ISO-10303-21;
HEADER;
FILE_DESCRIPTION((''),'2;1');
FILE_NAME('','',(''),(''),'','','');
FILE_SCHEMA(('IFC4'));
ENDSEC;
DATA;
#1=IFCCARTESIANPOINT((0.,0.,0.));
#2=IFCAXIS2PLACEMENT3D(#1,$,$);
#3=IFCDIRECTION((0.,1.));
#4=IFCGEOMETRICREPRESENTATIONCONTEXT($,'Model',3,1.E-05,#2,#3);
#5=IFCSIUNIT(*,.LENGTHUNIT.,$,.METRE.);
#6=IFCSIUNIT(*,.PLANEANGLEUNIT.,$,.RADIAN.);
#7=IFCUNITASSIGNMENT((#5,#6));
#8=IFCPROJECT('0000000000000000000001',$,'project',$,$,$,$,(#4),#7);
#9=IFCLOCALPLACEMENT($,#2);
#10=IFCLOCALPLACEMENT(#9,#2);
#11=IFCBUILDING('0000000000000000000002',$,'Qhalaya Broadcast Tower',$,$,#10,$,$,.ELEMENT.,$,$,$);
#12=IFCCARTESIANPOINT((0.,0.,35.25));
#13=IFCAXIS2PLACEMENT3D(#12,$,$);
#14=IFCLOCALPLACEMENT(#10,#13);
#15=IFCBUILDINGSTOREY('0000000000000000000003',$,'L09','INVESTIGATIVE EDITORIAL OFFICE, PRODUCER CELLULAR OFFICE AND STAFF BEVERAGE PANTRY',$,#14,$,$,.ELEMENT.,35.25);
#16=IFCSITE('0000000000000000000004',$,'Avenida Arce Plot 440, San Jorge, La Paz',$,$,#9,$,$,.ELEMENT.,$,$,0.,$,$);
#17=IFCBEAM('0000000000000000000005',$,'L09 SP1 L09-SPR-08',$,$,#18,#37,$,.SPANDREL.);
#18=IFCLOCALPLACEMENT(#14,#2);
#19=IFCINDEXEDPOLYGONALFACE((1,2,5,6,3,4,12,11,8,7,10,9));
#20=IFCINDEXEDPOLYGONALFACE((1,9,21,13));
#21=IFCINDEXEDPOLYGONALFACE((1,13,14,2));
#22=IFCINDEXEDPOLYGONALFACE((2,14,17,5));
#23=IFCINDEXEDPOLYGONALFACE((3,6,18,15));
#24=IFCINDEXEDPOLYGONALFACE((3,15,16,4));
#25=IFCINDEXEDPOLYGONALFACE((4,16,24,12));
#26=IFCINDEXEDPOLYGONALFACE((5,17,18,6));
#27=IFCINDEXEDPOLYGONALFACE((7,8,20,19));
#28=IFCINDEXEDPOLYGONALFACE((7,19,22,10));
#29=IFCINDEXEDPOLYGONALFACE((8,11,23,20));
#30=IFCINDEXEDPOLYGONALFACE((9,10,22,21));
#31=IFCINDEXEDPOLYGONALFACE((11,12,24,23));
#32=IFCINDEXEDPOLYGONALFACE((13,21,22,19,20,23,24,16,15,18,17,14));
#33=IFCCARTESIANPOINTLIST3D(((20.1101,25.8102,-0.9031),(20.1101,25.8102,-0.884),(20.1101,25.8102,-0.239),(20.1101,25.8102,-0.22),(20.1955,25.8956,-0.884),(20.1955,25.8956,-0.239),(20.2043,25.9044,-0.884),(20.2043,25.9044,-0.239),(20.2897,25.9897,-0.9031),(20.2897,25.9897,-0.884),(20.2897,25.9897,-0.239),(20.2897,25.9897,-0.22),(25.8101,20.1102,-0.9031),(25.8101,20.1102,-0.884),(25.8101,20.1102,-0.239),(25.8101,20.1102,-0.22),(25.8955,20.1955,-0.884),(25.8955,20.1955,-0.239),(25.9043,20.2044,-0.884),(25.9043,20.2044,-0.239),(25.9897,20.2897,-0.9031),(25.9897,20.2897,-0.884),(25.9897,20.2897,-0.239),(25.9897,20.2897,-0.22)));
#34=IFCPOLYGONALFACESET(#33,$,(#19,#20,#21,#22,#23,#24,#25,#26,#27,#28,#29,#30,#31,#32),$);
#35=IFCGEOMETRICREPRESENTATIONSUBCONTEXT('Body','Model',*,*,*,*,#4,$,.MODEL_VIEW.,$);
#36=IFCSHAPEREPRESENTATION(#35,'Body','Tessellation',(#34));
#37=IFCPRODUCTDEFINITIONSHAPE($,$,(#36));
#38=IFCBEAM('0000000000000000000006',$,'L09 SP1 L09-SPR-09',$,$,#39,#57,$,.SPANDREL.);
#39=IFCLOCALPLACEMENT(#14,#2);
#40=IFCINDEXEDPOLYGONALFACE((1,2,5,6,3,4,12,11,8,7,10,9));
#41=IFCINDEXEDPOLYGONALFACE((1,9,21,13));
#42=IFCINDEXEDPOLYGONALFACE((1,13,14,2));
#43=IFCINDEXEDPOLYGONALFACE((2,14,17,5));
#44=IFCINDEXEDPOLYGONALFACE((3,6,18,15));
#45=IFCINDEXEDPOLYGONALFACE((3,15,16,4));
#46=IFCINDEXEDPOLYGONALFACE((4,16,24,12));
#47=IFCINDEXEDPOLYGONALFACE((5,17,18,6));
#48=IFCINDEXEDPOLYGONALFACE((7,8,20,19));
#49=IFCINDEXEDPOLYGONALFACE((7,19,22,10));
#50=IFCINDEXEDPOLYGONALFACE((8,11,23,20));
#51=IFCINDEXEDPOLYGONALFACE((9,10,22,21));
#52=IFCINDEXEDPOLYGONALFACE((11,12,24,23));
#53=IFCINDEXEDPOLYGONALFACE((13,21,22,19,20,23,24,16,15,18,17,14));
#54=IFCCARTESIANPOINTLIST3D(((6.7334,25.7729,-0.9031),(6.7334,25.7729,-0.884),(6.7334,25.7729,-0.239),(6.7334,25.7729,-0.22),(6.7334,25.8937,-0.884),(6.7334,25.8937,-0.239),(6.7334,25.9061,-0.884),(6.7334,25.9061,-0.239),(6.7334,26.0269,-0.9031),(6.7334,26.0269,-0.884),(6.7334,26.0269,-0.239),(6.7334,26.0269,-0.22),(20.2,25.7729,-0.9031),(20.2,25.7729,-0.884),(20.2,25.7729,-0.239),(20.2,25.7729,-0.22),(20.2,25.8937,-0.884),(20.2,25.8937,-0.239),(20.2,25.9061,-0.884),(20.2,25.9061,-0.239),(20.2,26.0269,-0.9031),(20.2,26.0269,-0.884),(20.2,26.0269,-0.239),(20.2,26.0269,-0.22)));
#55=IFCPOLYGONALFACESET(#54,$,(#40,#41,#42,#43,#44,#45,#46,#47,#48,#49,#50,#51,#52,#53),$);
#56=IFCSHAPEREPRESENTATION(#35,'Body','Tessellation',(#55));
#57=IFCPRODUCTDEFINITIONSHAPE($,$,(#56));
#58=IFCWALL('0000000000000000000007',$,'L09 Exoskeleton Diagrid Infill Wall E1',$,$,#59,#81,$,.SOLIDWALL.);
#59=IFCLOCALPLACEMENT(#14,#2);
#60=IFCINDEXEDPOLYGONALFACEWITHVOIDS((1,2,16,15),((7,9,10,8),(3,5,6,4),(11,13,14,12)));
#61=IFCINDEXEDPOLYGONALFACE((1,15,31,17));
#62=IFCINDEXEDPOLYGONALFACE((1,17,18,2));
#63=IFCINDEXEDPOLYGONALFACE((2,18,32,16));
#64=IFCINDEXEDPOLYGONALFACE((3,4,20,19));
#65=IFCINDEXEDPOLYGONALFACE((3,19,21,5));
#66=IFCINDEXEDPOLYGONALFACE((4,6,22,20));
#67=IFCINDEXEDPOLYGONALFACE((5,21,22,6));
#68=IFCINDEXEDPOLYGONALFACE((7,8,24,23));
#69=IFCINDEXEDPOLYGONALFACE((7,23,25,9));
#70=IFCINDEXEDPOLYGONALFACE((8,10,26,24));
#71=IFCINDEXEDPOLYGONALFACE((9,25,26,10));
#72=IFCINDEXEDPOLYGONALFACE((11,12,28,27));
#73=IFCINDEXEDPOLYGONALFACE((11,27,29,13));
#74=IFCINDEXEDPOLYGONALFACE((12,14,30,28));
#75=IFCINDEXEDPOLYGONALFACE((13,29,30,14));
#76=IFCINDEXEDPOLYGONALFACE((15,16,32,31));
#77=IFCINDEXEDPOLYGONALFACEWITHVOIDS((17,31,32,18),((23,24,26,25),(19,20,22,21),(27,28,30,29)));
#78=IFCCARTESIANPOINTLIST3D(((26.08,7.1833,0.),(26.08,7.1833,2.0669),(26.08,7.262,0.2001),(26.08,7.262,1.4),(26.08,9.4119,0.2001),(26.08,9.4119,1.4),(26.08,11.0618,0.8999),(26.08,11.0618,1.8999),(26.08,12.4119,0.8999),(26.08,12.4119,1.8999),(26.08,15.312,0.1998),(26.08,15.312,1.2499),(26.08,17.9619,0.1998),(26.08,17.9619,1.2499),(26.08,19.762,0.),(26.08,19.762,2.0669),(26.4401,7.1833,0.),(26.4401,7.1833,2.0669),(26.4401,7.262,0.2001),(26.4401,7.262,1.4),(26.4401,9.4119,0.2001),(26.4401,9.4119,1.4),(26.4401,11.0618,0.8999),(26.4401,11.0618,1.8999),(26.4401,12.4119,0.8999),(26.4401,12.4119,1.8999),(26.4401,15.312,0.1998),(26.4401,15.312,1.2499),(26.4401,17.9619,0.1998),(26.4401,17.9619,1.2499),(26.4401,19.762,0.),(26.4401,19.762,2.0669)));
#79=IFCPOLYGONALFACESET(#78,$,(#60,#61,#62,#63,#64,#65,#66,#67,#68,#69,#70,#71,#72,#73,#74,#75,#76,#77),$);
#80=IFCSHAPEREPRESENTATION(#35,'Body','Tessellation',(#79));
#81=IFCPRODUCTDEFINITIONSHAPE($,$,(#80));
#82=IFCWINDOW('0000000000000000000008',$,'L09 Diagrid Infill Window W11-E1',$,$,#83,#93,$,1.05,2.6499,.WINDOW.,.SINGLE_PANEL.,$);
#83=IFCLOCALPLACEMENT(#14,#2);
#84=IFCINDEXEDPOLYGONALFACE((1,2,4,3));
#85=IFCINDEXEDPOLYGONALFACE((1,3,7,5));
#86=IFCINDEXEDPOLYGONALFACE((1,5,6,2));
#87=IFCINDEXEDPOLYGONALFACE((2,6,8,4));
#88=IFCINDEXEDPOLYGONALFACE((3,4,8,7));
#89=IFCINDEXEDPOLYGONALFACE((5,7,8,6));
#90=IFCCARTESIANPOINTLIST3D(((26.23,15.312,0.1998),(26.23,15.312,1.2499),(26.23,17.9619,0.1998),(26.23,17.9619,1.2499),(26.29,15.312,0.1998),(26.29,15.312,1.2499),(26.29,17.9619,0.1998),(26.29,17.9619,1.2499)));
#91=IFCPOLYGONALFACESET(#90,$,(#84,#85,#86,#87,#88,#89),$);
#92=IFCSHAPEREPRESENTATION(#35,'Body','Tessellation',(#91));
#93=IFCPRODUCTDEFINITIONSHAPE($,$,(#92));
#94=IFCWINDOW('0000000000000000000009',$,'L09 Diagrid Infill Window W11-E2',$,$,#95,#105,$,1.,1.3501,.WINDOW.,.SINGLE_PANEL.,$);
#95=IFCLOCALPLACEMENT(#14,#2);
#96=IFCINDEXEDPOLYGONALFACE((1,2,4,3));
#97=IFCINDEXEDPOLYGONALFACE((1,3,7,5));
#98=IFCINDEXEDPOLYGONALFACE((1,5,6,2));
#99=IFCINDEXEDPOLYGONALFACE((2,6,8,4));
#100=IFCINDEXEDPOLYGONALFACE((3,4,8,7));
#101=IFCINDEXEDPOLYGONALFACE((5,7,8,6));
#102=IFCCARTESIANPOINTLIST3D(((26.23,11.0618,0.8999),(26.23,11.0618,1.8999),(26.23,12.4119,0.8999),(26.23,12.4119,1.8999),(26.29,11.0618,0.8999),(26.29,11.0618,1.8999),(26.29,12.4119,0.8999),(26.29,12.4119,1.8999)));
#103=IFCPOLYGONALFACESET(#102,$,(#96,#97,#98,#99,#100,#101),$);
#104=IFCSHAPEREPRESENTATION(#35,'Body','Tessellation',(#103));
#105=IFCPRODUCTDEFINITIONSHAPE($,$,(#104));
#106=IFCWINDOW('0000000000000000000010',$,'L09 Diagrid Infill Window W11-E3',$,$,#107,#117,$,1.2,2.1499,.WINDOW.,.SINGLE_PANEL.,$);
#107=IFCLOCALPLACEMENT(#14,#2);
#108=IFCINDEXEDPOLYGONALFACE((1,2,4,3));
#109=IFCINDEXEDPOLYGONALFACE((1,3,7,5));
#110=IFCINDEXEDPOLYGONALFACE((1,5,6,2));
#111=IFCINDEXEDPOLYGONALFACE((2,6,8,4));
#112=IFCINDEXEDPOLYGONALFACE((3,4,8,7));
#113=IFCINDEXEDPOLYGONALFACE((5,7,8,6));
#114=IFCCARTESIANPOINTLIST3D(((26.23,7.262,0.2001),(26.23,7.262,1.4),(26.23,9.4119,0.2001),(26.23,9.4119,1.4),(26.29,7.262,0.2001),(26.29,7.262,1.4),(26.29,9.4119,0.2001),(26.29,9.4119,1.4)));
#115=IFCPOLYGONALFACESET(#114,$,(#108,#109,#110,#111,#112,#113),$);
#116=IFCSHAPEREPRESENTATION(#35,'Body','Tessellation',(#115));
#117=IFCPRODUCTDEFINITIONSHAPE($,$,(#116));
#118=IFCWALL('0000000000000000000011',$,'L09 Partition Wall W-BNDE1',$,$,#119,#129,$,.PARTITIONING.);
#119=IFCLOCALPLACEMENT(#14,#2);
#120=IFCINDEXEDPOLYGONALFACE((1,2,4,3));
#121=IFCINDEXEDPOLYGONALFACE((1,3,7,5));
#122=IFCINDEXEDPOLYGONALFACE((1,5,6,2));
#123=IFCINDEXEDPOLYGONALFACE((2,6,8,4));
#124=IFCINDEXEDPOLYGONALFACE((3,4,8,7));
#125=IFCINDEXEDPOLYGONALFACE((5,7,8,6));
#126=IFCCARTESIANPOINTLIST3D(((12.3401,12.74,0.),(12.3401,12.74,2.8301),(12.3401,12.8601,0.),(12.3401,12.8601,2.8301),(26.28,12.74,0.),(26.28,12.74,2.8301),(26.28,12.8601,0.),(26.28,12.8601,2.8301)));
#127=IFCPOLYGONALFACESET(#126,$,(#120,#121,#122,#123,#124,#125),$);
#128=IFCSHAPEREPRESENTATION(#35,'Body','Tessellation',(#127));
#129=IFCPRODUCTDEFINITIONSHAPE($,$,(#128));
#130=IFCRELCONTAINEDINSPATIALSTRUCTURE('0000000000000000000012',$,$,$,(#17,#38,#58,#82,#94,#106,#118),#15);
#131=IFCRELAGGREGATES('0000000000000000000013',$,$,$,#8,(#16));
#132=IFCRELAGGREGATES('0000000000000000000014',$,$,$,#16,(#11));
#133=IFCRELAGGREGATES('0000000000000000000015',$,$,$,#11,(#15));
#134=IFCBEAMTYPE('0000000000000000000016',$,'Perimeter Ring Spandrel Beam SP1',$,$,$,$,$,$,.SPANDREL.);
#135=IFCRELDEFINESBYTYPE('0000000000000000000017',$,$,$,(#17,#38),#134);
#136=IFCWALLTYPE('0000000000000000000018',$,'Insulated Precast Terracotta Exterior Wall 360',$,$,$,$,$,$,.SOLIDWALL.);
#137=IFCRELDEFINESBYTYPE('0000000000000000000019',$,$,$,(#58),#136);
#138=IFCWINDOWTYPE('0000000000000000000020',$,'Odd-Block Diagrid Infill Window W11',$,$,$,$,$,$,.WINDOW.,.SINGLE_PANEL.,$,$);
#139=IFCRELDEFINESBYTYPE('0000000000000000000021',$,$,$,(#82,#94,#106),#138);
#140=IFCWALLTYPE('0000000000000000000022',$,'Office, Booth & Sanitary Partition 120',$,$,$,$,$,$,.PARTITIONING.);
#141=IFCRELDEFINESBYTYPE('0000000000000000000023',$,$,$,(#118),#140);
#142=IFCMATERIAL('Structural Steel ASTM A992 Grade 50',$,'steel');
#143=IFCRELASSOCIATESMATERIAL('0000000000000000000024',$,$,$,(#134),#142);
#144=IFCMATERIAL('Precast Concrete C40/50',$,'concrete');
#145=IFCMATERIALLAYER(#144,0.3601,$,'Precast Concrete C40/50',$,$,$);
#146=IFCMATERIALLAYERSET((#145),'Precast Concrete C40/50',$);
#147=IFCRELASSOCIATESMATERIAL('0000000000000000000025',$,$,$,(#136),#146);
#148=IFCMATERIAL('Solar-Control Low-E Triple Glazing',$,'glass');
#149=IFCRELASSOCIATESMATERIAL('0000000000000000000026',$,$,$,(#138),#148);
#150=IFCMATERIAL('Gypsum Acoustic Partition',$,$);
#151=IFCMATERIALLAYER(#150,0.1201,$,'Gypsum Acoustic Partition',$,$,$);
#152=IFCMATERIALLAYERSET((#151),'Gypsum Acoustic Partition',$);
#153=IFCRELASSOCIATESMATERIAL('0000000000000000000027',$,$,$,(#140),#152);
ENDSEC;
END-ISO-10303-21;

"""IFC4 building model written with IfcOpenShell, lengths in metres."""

from ifc_helpers import new_model, si_unit, direction, frame, frame_2d, origin, origin_2d, place, context, subcontext, project, spatial, rectangle, i_section, extrude, material, layer, layer_set, material_profile, profile_set, type_object, element, fill, save


model = new_model("IFC4")

# Units and contexts
model_context = context("Model", 3, precision=1e-05, world=origin(), true_north=direction((0.0, 1.0)))
body_context = subcontext(model_context, "Body", "Model", "MODEL_VIEW")
ifc_project = project(units=[si_unit("LENGTHUNIT", "METRE"), si_unit("PLANEANGLEUNIT", "RADIAN")], contexts=[model_context])

# Site, building, storey
site_placement = place(None, origin())
site = spatial("IfcSite", under=ifc_project, at=site_placement, Name="Avenida Arce Plot 440, San Jorge, La Paz", CompositionType="ELEMENT", RefElevation=0.0)
building_placement = place(site_placement, origin())
building = spatial("IfcBuilding", under=site, at=building_placement, Name="Qhalaya Broadcast Tower", CompositionType="ELEMENT")
storey_placement = place(building_placement, frame((0.0, 0.0, 35.25)))
storey = spatial("IfcBuildingStorey", under=building, at=storey_placement, Name="L09", Description="INVESTIGATIVE EDITORIAL OFFICE, PRODUCER CELLULAR OFFICE AND STAFF BEVERAGE PANTRY", CompositionType="ELEMENT", Elevation=35.25)

# Shared definitions
ifc_material_1 = material(Name="Structural Steel ASTM A992 Grade 50", Category="steel")

# Beams
ifc_material_profile_1 = material_profile(ifc_material_1, i_section(OverallWidth=0.2539, OverallDepth=0.6831, WebThickness=0.0125, FlangeThickness=0.019, at=origin_2d()), Name="W27X94")
ifc_profile_set_1 = profile_set([ifc_material_profile_1], Name="Structural Steel ASTM A992 Grade 50")
beam_type_1 = type_object("IfcBeamType", Name="Perimeter Ring Spandrel Beam SP1", PredefinedType="SPANDREL", material=ifc_profile_set_1)
beam_1_placement = place(storey_placement, frame((25.8999, 20.2, -0.5615), z_axis=(-0.707107, 0.707107, 0.0), x_axis=(-0.707107, -0.707107, 0.0)))
element("IfcBeam", 1, at=beam_1_placement, inside=storey, type_object=beam_type_1, Name="L09 SP1 L09-SPR-08", PredefinedType="SPANDREL", context=body_context, shape_type="SweptSolid", body=[
    extrude(i_section(OverallWidth=0.2539, OverallDepth=0.6831, WebThickness=0.0125, FlangeThickness=0.019, at=origin_2d()), origin(), (0.0, 0.0, 1.0), 8.061),
])
beam_2_placement = place(storey_placement, frame((20.2, 25.8999, -0.5615), z_axis=(-1.0, 0.0, 0.0), x_axis=(0.0, -1.0, 0.0)))
element("IfcBeam", 2, at=beam_2_placement, inside=storey, type_object=beam_type_1, Name="L09 SP1 L09-SPR-09", PredefinedType="SPANDREL", context=body_context, shape_type="SweptSolid", body=[
    extrude(i_section(OverallWidth=0.2539, OverallDepth=0.6831, WebThickness=0.0125, FlangeThickness=0.019, at=origin_2d()), origin(), (0.0, 0.0, 1.0), 13.4666),
])

# Wall, openings, windows
ifc_material_2 = material(Name="Precast Concrete C40/50", Category="concrete")
ifc_layer_1 = layer(ifc_material_2, 0.3601, Name="Precast Concrete C40/50")
ifc_layer_set_1 = layer_set([ifc_layer_1], Name="Precast Concrete C40/50")
wall_type_1 = type_object("IfcWallType", Name="Insulated Precast Terracotta Exterior Wall 360", PredefinedType="SOLIDWALL", material=ifc_layer_set_1)
wall_1_placement = place(storey_placement, frame((26.26, 19.762, 0.0), z_axis=(0.0, 0.0, 1.0), x_axis=(0.0, -1.0, 0.0)))
wall_1 = element("IfcWall", 3, at=wall_1_placement, inside=storey, type_object=wall_type_1, Name="L09 Exoskeleton Diagrid Infill Wall E1", PredefinedType="SOLIDWALL", context=body_context, shape_type="SweptSolid", body=[
    extrude(rectangle(XDim=12.5786, YDim=0.3601, at=frame_2d((6.2893, 0.0))), origin(), (0.0, 0.0, 1.0), 2.0669),
])
opening_1_placement = place(wall_1_placement, frame((1.8, 0.0, 0.2)))
opening_1 = element("IfcOpeningElement", 4, at=opening_1_placement, cuts=wall_1, PredefinedType="OPENING", context=body_context, shape_type="SweptSolid", body=[
    extrude(rectangle(XDim=2.6499, YDim=1.05, at=frame_2d((1.325, 0.5249))), frame((0.0, 0.1921, 0.0), z_axis=(0.0, -1.0, 0.0), x_axis=(1.0, 0.0, 0.0)), (0.0, 0.0, 1.0), 0.384),
])
opening_2_placement = place(wall_1_placement, frame((7.3501, 0.0, 0.8999)))
opening_2 = element("IfcOpeningElement", 5, at=opening_2_placement, cuts=wall_1, PredefinedType="OPENING", context=body_context, shape_type="SweptSolid", body=[
    extrude(rectangle(XDim=1.3501, YDim=1.0, at=frame_2d((0.675, 0.5))), frame((0.0, 0.1921, 0.0), z_axis=(0.0, -1.0, 0.0), x_axis=(1.0, 0.0, 0.0)), (0.0, 0.0, 1.0), 0.384),
])
opening_3_placement = place(wall_1_placement, frame((10.3501, 0.0, 0.2)))
opening_3 = element("IfcOpeningElement", 6, at=opening_3_placement, cuts=wall_1, PredefinedType="OPENING", context=body_context, shape_type="SweptSolid", body=[
    extrude(rectangle(XDim=2.1499, YDim=1.2, at=frame_2d((1.075, 0.6001))), frame((0.0, 0.1921, 0.0), z_axis=(0.0, -1.0, 0.0), x_axis=(1.0, 0.0, 0.0)), (0.0, 0.0, 1.0), 0.384),
])
ifc_material_3 = material(Name="Solar-Control Low-E Triple Glazing", Category="glass")
window_type = type_object("IfcWindowType", Name="Odd-Block Diagrid Infill Window W11", PartitioningType="SINGLE_PANEL", PredefinedType="WINDOW", material=ifc_material_3)
window_1_placement = place(opening_1_placement, origin())
window_1 = element("IfcWindow", 7, at=window_1_placement, inside=storey, type_object=window_type, Name="L09 Diagrid Infill Window W11-E1", OverallHeight=1.05, OverallWidth=2.6499, PartitioningType="SINGLE_PANEL", PredefinedType="WINDOW", context=body_context, shape_type="SweptSolid", body=[
    extrude(rectangle(XDim=2.6499, YDim=1.05, at=frame_2d((1.325, 0.5249))), frame((0.0, 0.03, 0.0), z_axis=(0.0, -1.0, 0.0), x_axis=(1.0, 0.0, 0.0)), (0.0, 0.0, 1.0), 0.0601),
])
fill(opening_1, window_1)
window_2_placement = place(opening_2_placement, origin())
window_2 = element("IfcWindow", 8, at=window_2_placement, inside=storey, type_object=window_type, Name="L09 Diagrid Infill Window W11-E2", OverallHeight=1.0, OverallWidth=1.3501, PartitioningType="SINGLE_PANEL", PredefinedType="WINDOW", context=body_context, shape_type="SweptSolid", body=[
    extrude(rectangle(XDim=1.3501, YDim=1.0, at=frame_2d((0.675, 0.5))), frame((0.0, 0.03, 0.0), z_axis=(0.0, -1.0, 0.0), x_axis=(1.0, 0.0, 0.0)), (0.0, 0.0, 1.0), 0.0601),
])
fill(opening_2, window_2)
window_3_placement = place(opening_3_placement, origin())
window_3 = element("IfcWindow", 9, at=window_3_placement, inside=storey, type_object=window_type, Name="L09 Diagrid Infill Window W11-E3", OverallHeight=1.2, OverallWidth=2.1499, PartitioningType="SINGLE_PANEL", PredefinedType="WINDOW", context=body_context, shape_type="SweptSolid", body=[
    extrude(rectangle(XDim=2.1499, YDim=1.2, at=frame_2d((1.075, 0.6001))), frame((0.0, 0.03, 0.0), z_axis=(0.0, -1.0, 0.0), x_axis=(1.0, 0.0, 0.0)), (0.0, 0.0, 1.0), 0.0601),
])
fill(opening_3, window_3)

# Wall
ifc_material_4 = material(Name="Gypsum Acoustic Partition")
ifc_layer_2 = layer(ifc_material_4, 0.1201, Name="Gypsum Acoustic Partition")
ifc_layer_set_2 = layer_set([ifc_layer_2], Name="Gypsum Acoustic Partition")
wall_type_2 = type_object("IfcWallType", Name="Office, Booth & Sanitary Partition 120", PredefinedType="PARTITIONING", material=ifc_layer_set_2)
wall_2_placement = place(storey_placement, frame((12.3401, 12.8, 0.0), z_axis=(0.0, 0.0, 1.0), x_axis=(1.0, 0.0, 0.0)))
element("IfcWall", 10, at=wall_2_placement, inside=storey, type_object=wall_type_2, Name="L09 Partition Wall W-BNDE1", PredefinedType="PARTITIONING", context=body_context, shape_type="SweptSolid", body=[
    extrude(rectangle(XDim=13.9399, YDim=0.1201, at=frame_2d((6.97, 0.0))), origin(), (0.0, 0.0, 1.0), 2.8301),
])

save(model, "model.ifc")
